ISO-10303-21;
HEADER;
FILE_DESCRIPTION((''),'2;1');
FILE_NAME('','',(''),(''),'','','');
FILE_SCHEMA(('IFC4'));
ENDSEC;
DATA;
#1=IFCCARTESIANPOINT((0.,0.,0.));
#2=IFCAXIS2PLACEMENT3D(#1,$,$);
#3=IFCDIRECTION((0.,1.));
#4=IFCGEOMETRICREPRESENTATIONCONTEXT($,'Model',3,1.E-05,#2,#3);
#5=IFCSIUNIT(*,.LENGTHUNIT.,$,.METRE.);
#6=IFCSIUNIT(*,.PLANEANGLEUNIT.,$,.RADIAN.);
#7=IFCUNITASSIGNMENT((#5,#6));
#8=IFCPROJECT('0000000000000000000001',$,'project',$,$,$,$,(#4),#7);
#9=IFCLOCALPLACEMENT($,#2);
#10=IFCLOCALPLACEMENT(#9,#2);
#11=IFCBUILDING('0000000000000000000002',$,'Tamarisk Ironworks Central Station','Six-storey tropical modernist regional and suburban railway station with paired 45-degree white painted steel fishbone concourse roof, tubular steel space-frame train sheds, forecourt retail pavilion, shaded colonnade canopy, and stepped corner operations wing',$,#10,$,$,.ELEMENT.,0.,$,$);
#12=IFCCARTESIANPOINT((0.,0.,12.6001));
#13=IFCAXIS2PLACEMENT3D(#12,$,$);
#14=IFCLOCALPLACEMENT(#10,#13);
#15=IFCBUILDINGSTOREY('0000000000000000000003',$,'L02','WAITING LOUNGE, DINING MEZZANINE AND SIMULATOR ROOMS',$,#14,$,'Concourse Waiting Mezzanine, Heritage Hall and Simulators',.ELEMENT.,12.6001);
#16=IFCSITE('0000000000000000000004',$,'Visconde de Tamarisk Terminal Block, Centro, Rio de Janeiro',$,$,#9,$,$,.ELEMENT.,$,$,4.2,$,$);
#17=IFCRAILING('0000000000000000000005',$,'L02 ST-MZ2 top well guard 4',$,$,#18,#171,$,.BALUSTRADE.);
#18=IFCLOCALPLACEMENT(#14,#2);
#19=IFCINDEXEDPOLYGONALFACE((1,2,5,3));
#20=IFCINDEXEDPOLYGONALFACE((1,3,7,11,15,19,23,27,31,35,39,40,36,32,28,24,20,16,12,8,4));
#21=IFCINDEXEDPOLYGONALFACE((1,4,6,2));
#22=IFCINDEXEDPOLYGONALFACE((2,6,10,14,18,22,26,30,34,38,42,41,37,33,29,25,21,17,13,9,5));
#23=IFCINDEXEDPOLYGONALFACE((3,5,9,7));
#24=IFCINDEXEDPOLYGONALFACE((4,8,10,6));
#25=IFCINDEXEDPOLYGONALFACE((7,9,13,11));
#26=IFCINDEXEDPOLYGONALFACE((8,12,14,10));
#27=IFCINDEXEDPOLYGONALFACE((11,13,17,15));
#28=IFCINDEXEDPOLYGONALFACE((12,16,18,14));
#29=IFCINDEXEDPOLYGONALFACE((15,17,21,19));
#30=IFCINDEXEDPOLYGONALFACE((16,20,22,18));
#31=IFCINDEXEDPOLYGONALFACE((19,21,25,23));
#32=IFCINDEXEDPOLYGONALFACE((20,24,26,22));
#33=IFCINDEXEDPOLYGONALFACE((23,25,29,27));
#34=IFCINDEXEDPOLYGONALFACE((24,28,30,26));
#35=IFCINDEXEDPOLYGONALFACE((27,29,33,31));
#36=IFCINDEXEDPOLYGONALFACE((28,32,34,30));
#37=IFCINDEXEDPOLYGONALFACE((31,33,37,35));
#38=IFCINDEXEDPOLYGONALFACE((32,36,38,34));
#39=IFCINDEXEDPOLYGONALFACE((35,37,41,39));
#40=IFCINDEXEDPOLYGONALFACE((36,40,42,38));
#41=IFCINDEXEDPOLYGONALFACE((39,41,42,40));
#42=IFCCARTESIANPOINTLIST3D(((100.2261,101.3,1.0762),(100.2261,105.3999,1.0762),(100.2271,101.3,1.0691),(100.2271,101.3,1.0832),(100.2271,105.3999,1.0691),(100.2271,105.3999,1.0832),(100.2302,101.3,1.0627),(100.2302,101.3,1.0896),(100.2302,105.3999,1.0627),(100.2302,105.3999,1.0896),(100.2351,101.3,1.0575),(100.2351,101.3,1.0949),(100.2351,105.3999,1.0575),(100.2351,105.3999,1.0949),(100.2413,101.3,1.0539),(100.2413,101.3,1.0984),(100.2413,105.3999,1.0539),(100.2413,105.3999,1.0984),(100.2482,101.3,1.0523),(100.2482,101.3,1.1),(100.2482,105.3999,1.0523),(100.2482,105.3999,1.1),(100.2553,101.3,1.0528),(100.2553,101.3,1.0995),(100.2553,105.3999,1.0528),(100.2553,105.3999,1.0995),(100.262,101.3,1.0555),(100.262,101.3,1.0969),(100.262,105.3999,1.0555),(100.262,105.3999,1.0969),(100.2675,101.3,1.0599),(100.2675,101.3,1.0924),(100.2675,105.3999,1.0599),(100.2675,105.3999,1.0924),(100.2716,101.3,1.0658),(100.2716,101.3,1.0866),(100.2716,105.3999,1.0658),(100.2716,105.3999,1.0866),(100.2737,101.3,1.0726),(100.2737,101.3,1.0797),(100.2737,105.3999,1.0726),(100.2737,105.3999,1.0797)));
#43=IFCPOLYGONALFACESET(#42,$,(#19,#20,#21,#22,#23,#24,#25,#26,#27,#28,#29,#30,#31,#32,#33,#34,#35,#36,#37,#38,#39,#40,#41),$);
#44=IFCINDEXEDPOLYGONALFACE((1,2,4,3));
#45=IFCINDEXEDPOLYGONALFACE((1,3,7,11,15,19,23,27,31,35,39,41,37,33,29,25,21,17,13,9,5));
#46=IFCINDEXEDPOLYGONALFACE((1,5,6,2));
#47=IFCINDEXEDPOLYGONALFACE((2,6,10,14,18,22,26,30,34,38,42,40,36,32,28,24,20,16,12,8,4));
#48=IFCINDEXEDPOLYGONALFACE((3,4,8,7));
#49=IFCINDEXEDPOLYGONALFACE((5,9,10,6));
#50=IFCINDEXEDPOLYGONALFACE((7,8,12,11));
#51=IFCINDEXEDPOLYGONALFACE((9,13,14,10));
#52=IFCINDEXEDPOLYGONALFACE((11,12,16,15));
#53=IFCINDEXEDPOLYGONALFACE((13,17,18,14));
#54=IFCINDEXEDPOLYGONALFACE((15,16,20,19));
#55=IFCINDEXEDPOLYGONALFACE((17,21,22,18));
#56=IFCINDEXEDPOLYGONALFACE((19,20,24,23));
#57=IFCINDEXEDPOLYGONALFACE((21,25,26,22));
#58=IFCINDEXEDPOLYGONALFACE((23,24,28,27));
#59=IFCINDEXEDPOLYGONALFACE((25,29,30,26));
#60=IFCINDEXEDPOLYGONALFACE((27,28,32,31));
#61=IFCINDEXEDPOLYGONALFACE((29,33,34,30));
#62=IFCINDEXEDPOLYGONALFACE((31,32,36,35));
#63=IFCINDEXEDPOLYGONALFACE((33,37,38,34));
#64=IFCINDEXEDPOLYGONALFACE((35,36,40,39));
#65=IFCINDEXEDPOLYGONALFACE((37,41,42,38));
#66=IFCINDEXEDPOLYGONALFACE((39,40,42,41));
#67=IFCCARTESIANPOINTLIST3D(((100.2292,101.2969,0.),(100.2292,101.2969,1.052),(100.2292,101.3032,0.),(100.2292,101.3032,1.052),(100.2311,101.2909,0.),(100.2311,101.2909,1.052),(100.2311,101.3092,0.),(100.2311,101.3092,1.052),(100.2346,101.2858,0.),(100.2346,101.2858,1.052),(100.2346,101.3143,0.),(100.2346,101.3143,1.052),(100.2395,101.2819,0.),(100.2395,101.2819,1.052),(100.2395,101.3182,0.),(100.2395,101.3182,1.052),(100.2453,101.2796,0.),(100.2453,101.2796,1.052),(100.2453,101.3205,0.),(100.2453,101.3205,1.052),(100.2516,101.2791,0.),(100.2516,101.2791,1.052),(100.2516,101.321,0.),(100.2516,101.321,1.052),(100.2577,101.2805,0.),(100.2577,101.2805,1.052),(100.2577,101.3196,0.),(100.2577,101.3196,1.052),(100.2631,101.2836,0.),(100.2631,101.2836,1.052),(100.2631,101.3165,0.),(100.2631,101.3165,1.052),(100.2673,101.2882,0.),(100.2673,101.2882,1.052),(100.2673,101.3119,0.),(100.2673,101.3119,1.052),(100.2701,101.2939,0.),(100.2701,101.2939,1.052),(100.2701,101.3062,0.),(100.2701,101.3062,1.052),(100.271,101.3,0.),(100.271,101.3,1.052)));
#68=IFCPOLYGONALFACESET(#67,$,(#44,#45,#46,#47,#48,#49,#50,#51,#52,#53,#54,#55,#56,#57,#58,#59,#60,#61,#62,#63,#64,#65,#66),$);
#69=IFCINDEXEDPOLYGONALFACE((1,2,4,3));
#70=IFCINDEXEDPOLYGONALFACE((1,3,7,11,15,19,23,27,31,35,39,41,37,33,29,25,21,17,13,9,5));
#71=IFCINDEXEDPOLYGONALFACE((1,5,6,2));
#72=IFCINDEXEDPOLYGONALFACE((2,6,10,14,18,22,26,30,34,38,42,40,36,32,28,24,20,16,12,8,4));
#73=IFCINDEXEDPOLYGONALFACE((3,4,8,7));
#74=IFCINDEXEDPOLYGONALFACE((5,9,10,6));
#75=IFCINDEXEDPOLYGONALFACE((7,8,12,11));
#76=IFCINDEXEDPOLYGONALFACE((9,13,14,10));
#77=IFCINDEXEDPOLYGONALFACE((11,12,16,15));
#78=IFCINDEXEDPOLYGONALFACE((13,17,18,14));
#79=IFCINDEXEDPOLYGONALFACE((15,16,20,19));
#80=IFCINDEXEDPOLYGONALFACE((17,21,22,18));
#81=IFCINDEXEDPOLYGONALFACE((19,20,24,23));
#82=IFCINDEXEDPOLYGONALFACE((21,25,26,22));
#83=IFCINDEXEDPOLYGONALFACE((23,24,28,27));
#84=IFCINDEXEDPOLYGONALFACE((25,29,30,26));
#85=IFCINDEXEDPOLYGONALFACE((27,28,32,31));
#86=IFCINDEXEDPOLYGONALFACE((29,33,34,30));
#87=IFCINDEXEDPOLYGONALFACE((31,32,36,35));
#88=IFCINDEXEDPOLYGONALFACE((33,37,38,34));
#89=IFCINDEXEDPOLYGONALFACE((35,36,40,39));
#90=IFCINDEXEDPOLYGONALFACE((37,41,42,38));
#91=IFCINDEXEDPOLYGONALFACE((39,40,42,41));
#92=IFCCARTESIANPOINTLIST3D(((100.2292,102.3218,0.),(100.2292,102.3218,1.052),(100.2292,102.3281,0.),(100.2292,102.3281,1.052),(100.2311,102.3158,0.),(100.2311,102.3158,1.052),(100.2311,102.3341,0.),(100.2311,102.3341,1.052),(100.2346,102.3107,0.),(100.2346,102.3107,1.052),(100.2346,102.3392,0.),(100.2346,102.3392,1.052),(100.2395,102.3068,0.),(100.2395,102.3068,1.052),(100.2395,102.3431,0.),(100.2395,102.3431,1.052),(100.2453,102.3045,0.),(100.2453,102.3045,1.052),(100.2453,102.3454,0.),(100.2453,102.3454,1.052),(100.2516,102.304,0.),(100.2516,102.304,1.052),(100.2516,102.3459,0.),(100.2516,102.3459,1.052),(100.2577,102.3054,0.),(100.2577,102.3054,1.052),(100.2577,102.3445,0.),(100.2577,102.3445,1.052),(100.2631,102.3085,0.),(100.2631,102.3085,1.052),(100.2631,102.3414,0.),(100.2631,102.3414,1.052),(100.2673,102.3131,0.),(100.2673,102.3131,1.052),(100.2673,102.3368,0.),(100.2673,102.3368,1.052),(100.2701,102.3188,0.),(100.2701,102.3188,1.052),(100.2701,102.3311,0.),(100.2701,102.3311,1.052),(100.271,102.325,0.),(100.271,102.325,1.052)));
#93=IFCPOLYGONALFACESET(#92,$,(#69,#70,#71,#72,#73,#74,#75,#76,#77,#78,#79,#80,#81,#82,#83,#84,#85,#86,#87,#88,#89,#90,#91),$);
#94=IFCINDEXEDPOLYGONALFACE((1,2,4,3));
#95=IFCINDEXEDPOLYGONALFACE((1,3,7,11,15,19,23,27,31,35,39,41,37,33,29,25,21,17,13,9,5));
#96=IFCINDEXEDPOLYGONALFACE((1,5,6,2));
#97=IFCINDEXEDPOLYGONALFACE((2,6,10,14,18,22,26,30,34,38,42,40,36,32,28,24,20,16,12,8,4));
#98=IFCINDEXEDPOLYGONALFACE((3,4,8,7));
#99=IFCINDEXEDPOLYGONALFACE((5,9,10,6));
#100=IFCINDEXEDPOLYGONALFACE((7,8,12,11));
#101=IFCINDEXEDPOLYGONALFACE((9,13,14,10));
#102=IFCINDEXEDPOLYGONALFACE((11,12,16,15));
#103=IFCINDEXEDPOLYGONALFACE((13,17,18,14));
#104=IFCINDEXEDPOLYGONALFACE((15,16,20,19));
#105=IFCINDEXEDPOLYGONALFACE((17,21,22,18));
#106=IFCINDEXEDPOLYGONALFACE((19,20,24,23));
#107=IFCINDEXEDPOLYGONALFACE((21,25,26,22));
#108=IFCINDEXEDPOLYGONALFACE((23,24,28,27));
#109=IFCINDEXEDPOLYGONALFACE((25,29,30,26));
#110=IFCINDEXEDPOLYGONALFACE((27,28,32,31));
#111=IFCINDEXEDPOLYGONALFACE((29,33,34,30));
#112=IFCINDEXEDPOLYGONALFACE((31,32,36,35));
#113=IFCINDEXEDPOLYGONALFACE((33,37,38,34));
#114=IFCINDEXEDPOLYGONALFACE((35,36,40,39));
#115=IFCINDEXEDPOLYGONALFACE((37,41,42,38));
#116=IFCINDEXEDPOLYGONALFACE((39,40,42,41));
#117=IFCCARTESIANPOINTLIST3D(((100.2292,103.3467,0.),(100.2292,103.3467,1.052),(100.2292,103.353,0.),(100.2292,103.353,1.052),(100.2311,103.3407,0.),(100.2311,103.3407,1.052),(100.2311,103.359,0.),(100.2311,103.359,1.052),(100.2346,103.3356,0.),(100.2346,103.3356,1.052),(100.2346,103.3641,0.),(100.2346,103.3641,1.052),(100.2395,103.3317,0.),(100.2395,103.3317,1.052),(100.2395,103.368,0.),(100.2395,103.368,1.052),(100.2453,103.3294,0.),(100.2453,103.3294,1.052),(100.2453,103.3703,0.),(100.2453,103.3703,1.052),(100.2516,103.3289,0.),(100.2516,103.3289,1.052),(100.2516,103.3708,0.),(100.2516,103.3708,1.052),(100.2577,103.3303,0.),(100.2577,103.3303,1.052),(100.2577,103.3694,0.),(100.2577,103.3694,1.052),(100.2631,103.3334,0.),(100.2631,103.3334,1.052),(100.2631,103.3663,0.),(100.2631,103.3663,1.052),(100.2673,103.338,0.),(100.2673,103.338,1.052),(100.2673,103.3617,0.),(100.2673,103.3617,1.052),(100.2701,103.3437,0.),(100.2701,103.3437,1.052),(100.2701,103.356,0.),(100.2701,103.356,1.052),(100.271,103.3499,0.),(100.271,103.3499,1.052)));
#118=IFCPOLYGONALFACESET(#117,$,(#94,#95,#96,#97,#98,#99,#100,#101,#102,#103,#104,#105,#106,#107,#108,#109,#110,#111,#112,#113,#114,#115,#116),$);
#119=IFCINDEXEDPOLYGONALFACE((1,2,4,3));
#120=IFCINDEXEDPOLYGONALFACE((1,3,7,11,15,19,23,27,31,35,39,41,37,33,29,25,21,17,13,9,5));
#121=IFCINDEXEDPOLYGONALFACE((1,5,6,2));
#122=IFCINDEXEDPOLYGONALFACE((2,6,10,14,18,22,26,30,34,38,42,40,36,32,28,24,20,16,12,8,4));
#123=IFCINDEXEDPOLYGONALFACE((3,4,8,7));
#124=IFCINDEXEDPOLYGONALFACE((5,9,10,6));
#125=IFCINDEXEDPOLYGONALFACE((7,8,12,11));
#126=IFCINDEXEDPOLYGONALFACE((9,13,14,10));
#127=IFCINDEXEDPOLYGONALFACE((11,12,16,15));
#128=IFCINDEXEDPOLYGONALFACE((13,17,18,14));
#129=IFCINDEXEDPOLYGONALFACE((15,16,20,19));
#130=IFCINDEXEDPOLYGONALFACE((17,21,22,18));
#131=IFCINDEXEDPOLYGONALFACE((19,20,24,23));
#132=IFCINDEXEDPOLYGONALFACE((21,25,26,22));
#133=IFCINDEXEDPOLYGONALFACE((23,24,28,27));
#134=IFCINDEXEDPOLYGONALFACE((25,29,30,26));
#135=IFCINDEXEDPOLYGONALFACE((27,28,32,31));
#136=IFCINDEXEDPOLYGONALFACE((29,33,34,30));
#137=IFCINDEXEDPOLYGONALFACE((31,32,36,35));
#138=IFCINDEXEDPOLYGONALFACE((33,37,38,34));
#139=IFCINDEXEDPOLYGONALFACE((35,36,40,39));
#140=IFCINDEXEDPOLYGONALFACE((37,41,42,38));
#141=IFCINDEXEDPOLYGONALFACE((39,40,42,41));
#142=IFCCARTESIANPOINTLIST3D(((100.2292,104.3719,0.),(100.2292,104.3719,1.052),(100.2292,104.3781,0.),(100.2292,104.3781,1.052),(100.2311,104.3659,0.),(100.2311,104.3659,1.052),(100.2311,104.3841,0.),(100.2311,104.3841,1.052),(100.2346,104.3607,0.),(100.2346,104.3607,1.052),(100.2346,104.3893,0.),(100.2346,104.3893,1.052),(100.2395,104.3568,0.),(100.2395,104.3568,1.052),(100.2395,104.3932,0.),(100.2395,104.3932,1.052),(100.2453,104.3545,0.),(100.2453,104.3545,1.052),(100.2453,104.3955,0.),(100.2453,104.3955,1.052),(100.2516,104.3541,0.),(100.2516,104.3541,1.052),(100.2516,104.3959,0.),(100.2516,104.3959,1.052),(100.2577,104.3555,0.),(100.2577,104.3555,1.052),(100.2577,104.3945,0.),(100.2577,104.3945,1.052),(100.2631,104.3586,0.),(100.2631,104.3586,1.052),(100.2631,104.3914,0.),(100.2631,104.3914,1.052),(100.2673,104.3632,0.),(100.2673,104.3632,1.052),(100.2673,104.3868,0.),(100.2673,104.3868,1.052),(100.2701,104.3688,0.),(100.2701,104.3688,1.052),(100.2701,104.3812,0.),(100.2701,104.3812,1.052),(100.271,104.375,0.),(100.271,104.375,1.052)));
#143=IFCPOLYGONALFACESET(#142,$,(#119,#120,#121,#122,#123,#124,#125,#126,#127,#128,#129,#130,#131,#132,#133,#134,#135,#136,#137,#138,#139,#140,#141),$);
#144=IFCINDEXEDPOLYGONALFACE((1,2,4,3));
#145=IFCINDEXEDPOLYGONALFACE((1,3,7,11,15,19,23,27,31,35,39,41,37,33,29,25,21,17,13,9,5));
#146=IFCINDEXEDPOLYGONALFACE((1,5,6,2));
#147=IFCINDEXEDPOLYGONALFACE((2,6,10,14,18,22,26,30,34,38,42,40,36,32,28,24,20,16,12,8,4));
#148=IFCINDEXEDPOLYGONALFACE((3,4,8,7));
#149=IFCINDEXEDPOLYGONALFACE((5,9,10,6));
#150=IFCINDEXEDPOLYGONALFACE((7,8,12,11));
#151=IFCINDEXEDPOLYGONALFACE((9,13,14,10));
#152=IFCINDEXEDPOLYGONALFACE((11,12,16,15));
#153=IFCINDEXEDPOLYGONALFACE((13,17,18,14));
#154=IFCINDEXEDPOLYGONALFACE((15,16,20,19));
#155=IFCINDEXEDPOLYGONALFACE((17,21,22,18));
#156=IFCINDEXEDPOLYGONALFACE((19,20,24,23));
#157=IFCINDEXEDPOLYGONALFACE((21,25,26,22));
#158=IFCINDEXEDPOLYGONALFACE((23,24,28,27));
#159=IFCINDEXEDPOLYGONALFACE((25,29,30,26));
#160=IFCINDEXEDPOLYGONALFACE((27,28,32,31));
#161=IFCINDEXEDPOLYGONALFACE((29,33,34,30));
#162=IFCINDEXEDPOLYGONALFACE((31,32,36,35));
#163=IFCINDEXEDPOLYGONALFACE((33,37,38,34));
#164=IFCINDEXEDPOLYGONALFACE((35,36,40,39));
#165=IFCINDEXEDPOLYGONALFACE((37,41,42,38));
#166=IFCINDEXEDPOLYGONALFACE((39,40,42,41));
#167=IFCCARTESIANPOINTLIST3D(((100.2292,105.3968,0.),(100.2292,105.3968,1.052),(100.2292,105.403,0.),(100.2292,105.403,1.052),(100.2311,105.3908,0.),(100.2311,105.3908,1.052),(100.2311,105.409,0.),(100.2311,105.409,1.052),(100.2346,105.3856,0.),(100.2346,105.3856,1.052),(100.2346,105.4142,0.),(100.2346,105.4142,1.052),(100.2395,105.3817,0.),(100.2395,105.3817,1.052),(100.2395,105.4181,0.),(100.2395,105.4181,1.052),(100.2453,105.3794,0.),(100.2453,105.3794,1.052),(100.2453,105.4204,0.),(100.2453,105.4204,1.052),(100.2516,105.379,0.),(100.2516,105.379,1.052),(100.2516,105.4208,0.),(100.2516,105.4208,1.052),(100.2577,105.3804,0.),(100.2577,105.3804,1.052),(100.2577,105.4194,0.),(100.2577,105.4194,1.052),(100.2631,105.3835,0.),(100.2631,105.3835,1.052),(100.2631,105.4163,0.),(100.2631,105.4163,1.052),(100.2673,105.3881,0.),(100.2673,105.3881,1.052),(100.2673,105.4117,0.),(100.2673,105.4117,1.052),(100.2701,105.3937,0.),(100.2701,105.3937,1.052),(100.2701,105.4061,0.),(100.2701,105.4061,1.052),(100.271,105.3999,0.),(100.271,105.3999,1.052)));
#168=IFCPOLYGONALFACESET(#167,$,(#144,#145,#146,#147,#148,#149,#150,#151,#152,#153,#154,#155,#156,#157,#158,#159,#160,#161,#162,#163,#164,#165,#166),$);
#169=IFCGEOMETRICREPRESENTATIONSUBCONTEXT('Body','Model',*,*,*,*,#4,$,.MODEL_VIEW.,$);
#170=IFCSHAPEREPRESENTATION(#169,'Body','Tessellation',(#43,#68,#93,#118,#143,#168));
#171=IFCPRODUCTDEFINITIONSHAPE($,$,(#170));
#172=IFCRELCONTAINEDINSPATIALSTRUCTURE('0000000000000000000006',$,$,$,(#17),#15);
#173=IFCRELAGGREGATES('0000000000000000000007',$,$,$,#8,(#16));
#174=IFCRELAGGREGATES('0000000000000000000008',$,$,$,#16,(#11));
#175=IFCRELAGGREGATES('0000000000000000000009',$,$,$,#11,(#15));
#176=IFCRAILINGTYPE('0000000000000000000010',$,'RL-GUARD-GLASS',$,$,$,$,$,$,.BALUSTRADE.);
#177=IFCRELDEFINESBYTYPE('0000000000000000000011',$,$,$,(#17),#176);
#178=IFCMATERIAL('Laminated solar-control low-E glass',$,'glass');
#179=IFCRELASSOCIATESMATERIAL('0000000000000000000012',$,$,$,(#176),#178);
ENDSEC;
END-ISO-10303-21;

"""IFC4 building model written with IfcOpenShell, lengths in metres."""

from ifc_helpers import new_model, si_unit, direction, frame, origin, origin_2d, place, context, subcontext, project, spatial, circle, extrude, material, type_object, element, save


model = new_model("IFC4")

# Units and contexts
model_context = context("Model", 3, precision=1e-05, world=origin(), true_north=direction((0.0, 1.0)))
body_context = subcontext(model_context, "Body", "Model", "MODEL_VIEW")
ifc_project = project(units=[si_unit("LENGTHUNIT", "METRE"), si_unit("PLANEANGLEUNIT", "RADIAN")], contexts=[model_context])

# Site, building, storey
site_placement = place(None, origin())
site = spatial("IfcSite", under=ifc_project, at=site_placement, Name="Visconde de Tamarisk Terminal Block, Centro, Rio de Janeiro", CompositionType="ELEMENT", RefElevation=4.2)
building_placement = place(site_placement, origin())
building = spatial("IfcBuilding", under=site, at=building_placement, Name="Tamarisk Ironworks Central Station", Description="Six-storey tropical modernist regional and suburban railway station with paired 45-degree white painted steel fishbone concourse roof, tubular steel space-frame train sheds, forecourt retail pavilion, shaded colonnade canopy, and stepped corner operations wing", CompositionType="ELEMENT", ElevationOfRefHeight=0.0)
storey_placement = place(building_placement, frame((0.0, 0.0, 12.6001)))
storey = spatial("IfcBuildingStorey", under=building, at=storey_placement, Name="L02", Description="WAITING LOUNGE, DINING MEZZANINE AND SIMULATOR ROOMS", LongName="Concourse Waiting Mezzanine, Heritage Hall and Simulators", CompositionType="ELEMENT", Elevation=12.6001)

# Shared definitions
ifc_material_1 = material(Name="Laminated solar-control low-E glass", Category="glass")

# Railing
railing_type_1 = type_object("IfcRailingType", Name="RL-GUARD-GLASS", PredefinedType="BALUSTRADE", material=ifc_material_1)
railing_1_placement = place(storey_placement, frame((100.25, 101.3, 0.0)))
element("IfcRailing", 1, at=railing_1_placement, inside=storey, type_object=railing_type_1, Name="L02 ST-MZ2 top well guard 4", PredefinedType="BALUSTRADE", context=body_context, shape_type="SweptSolid", body=[
    extrude(circle(Radius=0.0239, at=origin_2d()), frame((0.0, 0.0, 1.0762), z_axis=(0.0, 1.0, 0.0), x_axis=(-1.0, 0.0, 0.0)), (0.0, 0.0, 1.0), 4.0999),
    extrude(circle(Radius=0.021, at=origin_2d()), origin(), (0.0, 0.0, 1.0), 1.052),
    extrude(circle(Radius=0.021, at=origin_2d()), frame((0.0, 1.0249, 0.0)), (0.0, 0.0, 1.0), 1.052),
    extrude(circle(Radius=0.021, at=origin_2d()), frame((0.0, 2.0498, 0.0)), (0.0, 0.0, 1.0), 1.052),
    extrude(circle(Radius=0.021, at=origin_2d()), frame((0.0, 3.075, 0.0)), (0.0, 0.0, 1.0), 1.052),
    extrude(circle(Radius=0.021, at=origin_2d()), frame((0.0, 4.0999, 0.0)), (0.0, 0.0, 1.0), 1.052),
])

save(model, "model.ifc")
